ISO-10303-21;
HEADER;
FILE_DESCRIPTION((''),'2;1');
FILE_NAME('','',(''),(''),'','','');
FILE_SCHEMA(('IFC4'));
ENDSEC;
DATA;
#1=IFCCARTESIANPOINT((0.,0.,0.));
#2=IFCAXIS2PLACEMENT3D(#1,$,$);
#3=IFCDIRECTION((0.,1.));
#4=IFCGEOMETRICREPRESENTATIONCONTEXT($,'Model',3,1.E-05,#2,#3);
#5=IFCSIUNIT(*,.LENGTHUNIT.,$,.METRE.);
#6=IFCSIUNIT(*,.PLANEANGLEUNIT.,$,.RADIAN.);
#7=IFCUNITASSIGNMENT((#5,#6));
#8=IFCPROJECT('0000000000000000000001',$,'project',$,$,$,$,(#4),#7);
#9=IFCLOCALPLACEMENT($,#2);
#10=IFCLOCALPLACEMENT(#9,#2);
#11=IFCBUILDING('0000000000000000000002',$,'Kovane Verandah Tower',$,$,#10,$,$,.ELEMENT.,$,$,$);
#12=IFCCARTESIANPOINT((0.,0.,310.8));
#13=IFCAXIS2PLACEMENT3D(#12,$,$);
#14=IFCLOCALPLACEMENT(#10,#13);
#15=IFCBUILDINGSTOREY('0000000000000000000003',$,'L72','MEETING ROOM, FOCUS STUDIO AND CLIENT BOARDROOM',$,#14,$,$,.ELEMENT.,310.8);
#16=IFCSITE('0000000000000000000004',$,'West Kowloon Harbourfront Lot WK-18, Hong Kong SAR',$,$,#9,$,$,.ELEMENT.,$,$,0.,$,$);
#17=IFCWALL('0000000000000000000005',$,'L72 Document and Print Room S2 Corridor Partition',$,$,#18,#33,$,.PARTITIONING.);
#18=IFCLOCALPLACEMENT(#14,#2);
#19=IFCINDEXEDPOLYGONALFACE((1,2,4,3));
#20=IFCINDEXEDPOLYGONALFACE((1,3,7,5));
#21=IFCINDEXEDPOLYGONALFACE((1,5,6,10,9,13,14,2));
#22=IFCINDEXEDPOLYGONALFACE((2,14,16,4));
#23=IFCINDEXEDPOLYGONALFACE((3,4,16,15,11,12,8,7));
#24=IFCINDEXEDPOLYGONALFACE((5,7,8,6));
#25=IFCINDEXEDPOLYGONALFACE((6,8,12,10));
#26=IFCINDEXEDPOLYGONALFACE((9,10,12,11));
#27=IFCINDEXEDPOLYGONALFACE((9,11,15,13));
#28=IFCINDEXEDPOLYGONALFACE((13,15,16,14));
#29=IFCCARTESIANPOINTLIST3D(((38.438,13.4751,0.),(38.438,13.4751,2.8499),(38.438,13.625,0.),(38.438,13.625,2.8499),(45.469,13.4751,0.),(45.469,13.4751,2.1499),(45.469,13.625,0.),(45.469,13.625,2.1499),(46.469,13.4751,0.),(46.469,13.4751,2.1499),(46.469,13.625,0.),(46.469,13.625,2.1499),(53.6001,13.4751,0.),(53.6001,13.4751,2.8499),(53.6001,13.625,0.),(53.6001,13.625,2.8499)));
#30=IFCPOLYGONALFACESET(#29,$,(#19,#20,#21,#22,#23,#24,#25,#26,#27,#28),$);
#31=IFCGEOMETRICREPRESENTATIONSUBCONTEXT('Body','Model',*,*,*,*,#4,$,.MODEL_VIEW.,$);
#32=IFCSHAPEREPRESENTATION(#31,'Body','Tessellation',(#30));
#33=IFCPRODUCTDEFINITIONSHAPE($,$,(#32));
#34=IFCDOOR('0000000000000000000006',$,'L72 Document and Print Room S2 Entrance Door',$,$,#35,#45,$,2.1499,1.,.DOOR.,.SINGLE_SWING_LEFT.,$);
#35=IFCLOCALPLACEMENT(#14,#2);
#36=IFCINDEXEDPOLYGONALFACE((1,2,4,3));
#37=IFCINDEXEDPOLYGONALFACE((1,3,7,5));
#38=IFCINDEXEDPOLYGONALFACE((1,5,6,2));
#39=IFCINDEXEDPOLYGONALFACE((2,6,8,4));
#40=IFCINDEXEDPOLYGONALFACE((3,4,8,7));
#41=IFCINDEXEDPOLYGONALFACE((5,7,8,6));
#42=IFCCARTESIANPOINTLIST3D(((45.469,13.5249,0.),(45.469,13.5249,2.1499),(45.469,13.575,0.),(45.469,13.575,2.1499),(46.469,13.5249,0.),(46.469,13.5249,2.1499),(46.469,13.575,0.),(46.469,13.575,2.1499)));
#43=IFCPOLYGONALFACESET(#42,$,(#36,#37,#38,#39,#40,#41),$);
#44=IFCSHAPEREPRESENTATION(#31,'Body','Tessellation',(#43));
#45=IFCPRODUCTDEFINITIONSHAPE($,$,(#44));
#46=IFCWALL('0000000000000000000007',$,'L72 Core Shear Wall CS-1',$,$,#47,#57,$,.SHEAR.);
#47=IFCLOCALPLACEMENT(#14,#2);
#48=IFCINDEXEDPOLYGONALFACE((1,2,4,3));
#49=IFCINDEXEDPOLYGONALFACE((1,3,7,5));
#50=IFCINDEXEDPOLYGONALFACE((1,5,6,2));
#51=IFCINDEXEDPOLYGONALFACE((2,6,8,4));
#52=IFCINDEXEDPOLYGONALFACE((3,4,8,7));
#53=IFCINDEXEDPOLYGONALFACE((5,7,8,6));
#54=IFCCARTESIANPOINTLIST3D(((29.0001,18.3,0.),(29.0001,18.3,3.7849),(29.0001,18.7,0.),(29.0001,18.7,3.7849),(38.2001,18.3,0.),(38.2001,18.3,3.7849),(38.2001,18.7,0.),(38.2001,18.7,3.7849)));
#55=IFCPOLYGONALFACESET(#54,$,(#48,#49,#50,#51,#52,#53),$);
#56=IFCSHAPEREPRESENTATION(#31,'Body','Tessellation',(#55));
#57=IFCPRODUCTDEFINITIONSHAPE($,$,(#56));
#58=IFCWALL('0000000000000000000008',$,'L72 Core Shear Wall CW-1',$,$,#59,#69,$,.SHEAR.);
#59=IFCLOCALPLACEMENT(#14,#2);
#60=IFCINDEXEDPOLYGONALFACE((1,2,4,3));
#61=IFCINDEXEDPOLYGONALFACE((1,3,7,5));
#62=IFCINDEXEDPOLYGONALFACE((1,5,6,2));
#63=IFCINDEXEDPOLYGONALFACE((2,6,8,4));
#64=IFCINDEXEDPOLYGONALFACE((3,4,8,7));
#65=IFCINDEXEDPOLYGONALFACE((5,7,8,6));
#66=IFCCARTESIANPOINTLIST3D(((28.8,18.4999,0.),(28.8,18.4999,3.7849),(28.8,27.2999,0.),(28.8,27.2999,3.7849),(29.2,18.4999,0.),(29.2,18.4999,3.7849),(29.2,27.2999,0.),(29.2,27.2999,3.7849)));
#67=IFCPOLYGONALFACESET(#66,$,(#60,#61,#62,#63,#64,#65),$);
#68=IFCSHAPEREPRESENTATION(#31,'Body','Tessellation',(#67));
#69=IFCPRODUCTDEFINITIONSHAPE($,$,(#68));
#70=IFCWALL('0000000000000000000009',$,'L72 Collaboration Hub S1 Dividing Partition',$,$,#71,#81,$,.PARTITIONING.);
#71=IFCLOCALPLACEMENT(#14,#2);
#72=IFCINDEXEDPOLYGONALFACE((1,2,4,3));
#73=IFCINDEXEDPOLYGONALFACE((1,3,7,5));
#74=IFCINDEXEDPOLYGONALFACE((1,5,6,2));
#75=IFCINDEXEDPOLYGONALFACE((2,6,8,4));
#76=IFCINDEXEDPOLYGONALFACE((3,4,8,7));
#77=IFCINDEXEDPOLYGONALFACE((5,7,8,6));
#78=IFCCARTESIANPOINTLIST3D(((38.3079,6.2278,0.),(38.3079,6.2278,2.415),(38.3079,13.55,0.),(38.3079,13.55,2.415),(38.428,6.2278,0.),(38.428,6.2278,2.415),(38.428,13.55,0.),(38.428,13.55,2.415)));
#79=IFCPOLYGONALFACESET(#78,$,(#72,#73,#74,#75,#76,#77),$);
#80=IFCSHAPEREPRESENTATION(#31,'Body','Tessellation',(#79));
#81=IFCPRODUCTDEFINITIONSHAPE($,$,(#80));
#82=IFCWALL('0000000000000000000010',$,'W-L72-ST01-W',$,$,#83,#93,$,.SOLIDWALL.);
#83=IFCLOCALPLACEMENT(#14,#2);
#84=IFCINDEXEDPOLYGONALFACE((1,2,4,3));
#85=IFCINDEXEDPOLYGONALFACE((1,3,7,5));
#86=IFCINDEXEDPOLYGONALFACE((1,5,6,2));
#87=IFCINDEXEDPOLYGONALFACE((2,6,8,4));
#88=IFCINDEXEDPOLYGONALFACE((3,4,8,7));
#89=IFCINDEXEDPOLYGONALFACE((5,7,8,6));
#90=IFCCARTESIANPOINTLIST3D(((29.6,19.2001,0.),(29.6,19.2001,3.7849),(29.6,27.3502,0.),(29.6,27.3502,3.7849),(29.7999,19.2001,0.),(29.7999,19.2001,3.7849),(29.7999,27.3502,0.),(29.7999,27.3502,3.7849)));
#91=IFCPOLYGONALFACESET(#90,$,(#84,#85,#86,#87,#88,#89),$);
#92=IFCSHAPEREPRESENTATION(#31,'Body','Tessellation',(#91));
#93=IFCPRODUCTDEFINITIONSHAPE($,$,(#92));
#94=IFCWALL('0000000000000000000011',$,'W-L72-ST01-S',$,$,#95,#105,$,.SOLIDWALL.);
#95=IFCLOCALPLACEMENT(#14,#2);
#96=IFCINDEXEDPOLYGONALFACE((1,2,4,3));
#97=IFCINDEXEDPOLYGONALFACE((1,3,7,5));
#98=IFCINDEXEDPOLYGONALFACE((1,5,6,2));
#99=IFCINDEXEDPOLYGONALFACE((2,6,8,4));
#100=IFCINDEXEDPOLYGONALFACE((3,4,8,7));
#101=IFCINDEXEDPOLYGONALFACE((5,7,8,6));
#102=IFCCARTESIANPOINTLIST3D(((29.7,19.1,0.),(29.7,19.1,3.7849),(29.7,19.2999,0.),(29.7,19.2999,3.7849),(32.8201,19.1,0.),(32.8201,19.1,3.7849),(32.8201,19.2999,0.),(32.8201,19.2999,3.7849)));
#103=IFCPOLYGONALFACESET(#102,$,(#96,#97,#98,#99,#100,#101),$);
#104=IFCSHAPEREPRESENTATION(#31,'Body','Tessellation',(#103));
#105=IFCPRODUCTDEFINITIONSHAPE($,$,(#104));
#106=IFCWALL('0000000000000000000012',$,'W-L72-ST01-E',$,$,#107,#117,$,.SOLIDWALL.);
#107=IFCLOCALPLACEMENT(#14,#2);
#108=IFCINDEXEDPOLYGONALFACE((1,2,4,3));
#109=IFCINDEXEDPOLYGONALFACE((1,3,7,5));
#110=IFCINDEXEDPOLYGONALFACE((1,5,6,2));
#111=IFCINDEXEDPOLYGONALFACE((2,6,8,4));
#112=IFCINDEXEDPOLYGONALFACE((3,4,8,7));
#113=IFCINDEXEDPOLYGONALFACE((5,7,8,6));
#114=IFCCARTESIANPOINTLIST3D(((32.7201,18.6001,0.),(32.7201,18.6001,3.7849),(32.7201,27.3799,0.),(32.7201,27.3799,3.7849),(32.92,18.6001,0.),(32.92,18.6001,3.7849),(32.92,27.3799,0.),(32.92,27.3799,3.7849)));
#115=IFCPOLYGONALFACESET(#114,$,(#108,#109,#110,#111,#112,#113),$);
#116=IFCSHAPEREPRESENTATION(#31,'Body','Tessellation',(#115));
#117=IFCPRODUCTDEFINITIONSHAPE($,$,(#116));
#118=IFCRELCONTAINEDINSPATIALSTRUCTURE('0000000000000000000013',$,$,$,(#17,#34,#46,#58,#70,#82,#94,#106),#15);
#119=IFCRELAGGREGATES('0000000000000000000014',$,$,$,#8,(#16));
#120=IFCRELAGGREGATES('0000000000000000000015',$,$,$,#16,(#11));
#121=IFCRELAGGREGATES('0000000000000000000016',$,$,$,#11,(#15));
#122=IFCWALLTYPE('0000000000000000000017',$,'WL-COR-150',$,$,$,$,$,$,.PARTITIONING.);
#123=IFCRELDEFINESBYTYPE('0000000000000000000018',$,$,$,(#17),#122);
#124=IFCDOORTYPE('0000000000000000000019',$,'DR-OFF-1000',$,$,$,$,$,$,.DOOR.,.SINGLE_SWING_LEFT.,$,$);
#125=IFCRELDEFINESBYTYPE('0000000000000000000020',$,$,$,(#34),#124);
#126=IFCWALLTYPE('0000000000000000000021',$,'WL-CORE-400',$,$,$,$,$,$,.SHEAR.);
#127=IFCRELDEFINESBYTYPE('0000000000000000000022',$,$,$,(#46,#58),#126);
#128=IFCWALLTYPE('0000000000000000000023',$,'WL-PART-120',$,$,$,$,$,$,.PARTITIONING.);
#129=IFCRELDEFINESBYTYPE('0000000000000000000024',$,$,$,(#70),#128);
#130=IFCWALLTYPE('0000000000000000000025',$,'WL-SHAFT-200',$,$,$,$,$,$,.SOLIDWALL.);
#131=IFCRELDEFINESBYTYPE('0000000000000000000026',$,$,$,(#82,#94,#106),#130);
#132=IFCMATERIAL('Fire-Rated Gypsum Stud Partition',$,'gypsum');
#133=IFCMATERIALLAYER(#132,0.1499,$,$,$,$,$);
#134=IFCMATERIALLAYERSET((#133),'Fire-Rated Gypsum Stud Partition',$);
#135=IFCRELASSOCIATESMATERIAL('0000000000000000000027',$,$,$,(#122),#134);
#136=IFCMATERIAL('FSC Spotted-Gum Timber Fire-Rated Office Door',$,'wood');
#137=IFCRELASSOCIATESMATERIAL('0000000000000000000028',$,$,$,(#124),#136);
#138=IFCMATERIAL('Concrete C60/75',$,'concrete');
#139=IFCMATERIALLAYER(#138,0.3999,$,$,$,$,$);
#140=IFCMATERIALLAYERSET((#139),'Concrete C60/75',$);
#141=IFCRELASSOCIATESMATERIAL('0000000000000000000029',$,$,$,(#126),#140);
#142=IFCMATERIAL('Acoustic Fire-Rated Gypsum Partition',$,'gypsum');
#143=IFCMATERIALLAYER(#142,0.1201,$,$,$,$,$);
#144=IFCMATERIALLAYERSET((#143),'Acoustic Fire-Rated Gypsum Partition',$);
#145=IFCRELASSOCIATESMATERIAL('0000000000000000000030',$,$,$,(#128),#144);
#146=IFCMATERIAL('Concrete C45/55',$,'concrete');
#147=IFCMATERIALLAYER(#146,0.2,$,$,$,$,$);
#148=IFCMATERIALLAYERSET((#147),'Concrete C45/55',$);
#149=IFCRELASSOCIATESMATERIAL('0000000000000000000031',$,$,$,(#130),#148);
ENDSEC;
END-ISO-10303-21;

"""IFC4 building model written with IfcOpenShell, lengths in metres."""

from ifc_helpers import new_model, si_unit, direction, frame, frame_2d, origin, place, context, subcontext, project, spatial, rectangle, extrude, material, layer, layer_set, type_object, element, fill, save


model = new_model("IFC4")

# Units and contexts
model_context = context("Model", 3, precision=1e-05, world=origin(), true_north=direction((0.0, 1.0)))
body_context = subcontext(model_context, "Body", "Model", "MODEL_VIEW")
ifc_project = project(units=[si_unit("LENGTHUNIT", "METRE"), si_unit("PLANEANGLEUNIT", "RADIAN")], contexts=[model_context])

# Site, building, storey
site_placement = place(None, origin())
site = spatial("IfcSite", under=ifc_project, at=site_placement, Name="West Kowloon Harbourfront Lot WK-18, Hong Kong SAR", CompositionType="ELEMENT", RefElevation=0.0)
building_placement = place(site_placement, origin())
building = spatial("IfcBuilding", under=site, at=building_placement, Name="Kovane Verandah Tower", CompositionType="ELEMENT")
storey_placement = place(building_placement, frame((0.0, 0.0, 310.8)))
storey = spatial("IfcBuildingStorey", under=building, at=storey_placement, Name="L72", Description="MEETING ROOM, FOCUS STUDIO AND CLIENT BOARDROOM", CompositionType="ELEMENT", Elevation=310.8)

# Shared definitions
ifc_material_1 = material(Name="Concrete C60/75", Category="concrete")

# Wall, opening, door
ifc_material_2 = material(Name="Fire-Rated Gypsum Stud Partition", Category="gypsum")
ifc_layer_1 = layer(ifc_material_2, 0.1499)
ifc_layer_set_1 = layer_set([ifc_layer_1], Name="Fire-Rated Gypsum Stud Partition")
wall_type_1 = type_object("IfcWallType", Name="WL-COR-150", PredefinedType="PARTITIONING", material=ifc_layer_set_1)
ifc_material_3 = material(Name="FSC Spotted-Gum Timber Fire-Rated Office Door", Category="wood")
door_type = type_object("IfcDoorType", Name="DR-OFF-1000", OperationType="SINGLE_SWING_LEFT", PredefinedType="DOOR", material=ifc_material_3)
wall_1_placement = place(storey_placement, frame((38.438, 13.55, 0.0), z_axis=(0.0, 0.0, 1.0), x_axis=(1.0, 0.0, 0.0)))
wall_1 = element("IfcWall", 1, at=wall_1_placement, inside=storey, type_object=wall_type_1, Name="L72 Document and Print Room S2 Corridor Partition", PredefinedType="PARTITIONING", context=body_context, shape_type="SweptSolid", body=[
    extrude(rectangle(XDim=15.1621, YDim=0.1499, at=frame_2d((7.5811, 0.0))), origin(), (0.0, 0.0, 1.0), 2.8499),
])
opening_1_placement = place(wall_1_placement, frame((7.031, 0.0, 0.0)))
opening_1 = element("IfcOpeningElement", 2, at=opening_1_placement, cuts=wall_1, PredefinedType="OPENING", context=body_context, shape_type="SweptSolid", body=[
    extrude(rectangle(XDim=1.0, YDim=2.1499, at=frame_2d((0.5, 1.075))), frame((0.0, 0.075, 0.0), z_axis=(0.0, -1.0, 0.0), x_axis=(1.0, 0.0, 0.0)), (0.0, 0.0, 1.0), 0.1499),
])
door_1_placement = place(opening_1_placement, origin())
door_1 = element("IfcDoor", 3, at=door_1_placement, inside=storey, type_object=door_type, Name="L72 Document and Print Room S2 Entrance Door", OperationType="SINGLE_SWING_LEFT", OverallHeight=2.1499, OverallWidth=1.0, PredefinedType="DOOR", context=body_context, shape_type="SweptSolid", body=[
    extrude(rectangle(XDim=1.0, YDim=2.1499, at=frame_2d((0.5, 1.075))), frame((0.0, 0.0249, 0.0), z_axis=(0.0, -1.0, 0.0), x_axis=(1.0, 0.0, 0.0)), (0.0, 0.0, 1.0), 0.05),
])
fill(opening_1, door_1)

# Walls
ifc_layer_2 = layer(ifc_material_1, 0.3999)
ifc_layer_set_2 = layer_set([ifc_layer_2], Name="Concrete C60/75")
wall_type_2 = type_object("IfcWallType", Name="WL-CORE-400", PredefinedType="SHEAR", material=ifc_layer_set_2)
wall_2_placement = place(storey_placement, frame((29.0, 18.5, 0.0), z_axis=(0.0, 0.0, 1.0), x_axis=(1.0, 0.0, 0.0)))
element("IfcWall", 4, at=wall_2_placement, inside=storey, type_object=wall_type_2, Name="L72 Core Shear Wall CS-1", PredefinedType="SHEAR", context=body_context, shape_type="SweptSolid", body=[
    extrude(rectangle(XDim=9.2, YDim=0.3999, at=frame_2d((4.6001, 0.0))), origin(), (0.0, 0.0, 1.0), 3.7849),
])
wall_3_placement = place(storey_placement, frame((29.0, 18.5, 0.0), z_axis=(0.0, 0.0, 1.0), x_axis=(0.0, 1.0, 0.0)))
element("IfcWall", 5, at=wall_3_placement, inside=storey, type_object=wall_type_2, Name="L72 Core Shear Wall CW-1", PredefinedType="SHEAR", context=body_context, shape_type="SweptSolid", body=[
    extrude(rectangle(XDim=8.8, YDim=0.3999, at=frame_2d((4.3999, 0.0))), origin(), (0.0, 0.0, 1.0), 3.7849),
])
ifc_material_4 = material(Name="Acoustic Fire-Rated Gypsum Partition", Category="gypsum")
ifc_layer_3 = layer(ifc_material_4, 0.1201)
ifc_layer_set_3 = layer_set([ifc_layer_3], Name="Acoustic Fire-Rated Gypsum Partition")
wall_type_3 = type_object("IfcWallType", Name="WL-PART-120", PredefinedType="PARTITIONING", material=ifc_layer_set_3)
wall_4_placement = place(storey_placement, frame((38.3679, 6.2278, 0.0), z_axis=(0.0, 0.0, 1.0), x_axis=(0.0, 1.0, 0.0)))
element("IfcWall", 6, at=wall_4_placement, inside=storey, type_object=wall_type_3, Name="L72 Collaboration Hub S1 Dividing Partition", PredefinedType="PARTITIONING", context=body_context, shape_type="SweptSolid", body=[
    extrude(rectangle(XDim=7.3223, YDim=0.1201, at=frame_2d((3.6611, 0.0))), origin(), (0.0, 0.0, 1.0), 2.415),
])
ifc_material_5 = material(Name="Concrete C45/55", Category="concrete")
ifc_layer_4 = layer(ifc_material_5, 0.2)
ifc_layer_set_4 = layer_set([ifc_layer_4], Name="Concrete C45/55")
wall_type_4 = type_object("IfcWallType", Name="WL-SHAFT-200", PredefinedType="SOLIDWALL", material=ifc_layer_set_4)
wall_5_placement = place(storey_placement, frame((29.7, 19.2, 0.0), z_axis=(0.0, 0.0, 1.0), x_axis=(0.0, 1.0, 0.0)))
element("IfcWall", 7, at=wall_5_placement, inside=storey, type_object=wall_type_4, Name="W-L72-ST01-W", PredefinedType="SOLIDWALL", context=body_context, shape_type="SweptSolid", body=[
    extrude(rectangle(XDim=8.1501, YDim=0.2, at=frame_2d((4.0752, 0.0))), origin(), (0.0, 0.0, 1.0), 3.7849),
])
wall_6_placement = place(storey_placement, frame((29.7, 19.2, 0.0), z_axis=(0.0, 0.0, 1.0), x_axis=(1.0, 0.0, 0.0)))
element("IfcWall", 8, at=wall_6_placement, inside=storey, type_object=wall_type_4, Name="W-L72-ST01-S", PredefinedType="SOLIDWALL", context=body_context, shape_type="SweptSolid", body=[
    extrude(rectangle(XDim=3.1201, YDim=0.2, at=frame_2d((1.5601, 0.0))), origin(), (0.0, 0.0, 1.0), 3.7849),
])
wall_7_placement = place(storey_placement, frame((32.8201, 18.6001, 0.0), z_axis=(0.0, 0.0, 1.0), x_axis=(0.0, 1.0, 0.0)))
element("IfcWall", 9, at=wall_7_placement, inside=storey, type_object=wall_type_4, Name="W-L72-ST01-E", PredefinedType="SOLIDWALL", context=body_context, shape_type="SweptSolid", body=[
    extrude(rectangle(XDim=8.7798, YDim=0.2, at=frame_2d((4.3899, 0.0))), origin(), (0.0, 0.0, 1.0), 3.7849),
])

save(model, "model.ifc")
